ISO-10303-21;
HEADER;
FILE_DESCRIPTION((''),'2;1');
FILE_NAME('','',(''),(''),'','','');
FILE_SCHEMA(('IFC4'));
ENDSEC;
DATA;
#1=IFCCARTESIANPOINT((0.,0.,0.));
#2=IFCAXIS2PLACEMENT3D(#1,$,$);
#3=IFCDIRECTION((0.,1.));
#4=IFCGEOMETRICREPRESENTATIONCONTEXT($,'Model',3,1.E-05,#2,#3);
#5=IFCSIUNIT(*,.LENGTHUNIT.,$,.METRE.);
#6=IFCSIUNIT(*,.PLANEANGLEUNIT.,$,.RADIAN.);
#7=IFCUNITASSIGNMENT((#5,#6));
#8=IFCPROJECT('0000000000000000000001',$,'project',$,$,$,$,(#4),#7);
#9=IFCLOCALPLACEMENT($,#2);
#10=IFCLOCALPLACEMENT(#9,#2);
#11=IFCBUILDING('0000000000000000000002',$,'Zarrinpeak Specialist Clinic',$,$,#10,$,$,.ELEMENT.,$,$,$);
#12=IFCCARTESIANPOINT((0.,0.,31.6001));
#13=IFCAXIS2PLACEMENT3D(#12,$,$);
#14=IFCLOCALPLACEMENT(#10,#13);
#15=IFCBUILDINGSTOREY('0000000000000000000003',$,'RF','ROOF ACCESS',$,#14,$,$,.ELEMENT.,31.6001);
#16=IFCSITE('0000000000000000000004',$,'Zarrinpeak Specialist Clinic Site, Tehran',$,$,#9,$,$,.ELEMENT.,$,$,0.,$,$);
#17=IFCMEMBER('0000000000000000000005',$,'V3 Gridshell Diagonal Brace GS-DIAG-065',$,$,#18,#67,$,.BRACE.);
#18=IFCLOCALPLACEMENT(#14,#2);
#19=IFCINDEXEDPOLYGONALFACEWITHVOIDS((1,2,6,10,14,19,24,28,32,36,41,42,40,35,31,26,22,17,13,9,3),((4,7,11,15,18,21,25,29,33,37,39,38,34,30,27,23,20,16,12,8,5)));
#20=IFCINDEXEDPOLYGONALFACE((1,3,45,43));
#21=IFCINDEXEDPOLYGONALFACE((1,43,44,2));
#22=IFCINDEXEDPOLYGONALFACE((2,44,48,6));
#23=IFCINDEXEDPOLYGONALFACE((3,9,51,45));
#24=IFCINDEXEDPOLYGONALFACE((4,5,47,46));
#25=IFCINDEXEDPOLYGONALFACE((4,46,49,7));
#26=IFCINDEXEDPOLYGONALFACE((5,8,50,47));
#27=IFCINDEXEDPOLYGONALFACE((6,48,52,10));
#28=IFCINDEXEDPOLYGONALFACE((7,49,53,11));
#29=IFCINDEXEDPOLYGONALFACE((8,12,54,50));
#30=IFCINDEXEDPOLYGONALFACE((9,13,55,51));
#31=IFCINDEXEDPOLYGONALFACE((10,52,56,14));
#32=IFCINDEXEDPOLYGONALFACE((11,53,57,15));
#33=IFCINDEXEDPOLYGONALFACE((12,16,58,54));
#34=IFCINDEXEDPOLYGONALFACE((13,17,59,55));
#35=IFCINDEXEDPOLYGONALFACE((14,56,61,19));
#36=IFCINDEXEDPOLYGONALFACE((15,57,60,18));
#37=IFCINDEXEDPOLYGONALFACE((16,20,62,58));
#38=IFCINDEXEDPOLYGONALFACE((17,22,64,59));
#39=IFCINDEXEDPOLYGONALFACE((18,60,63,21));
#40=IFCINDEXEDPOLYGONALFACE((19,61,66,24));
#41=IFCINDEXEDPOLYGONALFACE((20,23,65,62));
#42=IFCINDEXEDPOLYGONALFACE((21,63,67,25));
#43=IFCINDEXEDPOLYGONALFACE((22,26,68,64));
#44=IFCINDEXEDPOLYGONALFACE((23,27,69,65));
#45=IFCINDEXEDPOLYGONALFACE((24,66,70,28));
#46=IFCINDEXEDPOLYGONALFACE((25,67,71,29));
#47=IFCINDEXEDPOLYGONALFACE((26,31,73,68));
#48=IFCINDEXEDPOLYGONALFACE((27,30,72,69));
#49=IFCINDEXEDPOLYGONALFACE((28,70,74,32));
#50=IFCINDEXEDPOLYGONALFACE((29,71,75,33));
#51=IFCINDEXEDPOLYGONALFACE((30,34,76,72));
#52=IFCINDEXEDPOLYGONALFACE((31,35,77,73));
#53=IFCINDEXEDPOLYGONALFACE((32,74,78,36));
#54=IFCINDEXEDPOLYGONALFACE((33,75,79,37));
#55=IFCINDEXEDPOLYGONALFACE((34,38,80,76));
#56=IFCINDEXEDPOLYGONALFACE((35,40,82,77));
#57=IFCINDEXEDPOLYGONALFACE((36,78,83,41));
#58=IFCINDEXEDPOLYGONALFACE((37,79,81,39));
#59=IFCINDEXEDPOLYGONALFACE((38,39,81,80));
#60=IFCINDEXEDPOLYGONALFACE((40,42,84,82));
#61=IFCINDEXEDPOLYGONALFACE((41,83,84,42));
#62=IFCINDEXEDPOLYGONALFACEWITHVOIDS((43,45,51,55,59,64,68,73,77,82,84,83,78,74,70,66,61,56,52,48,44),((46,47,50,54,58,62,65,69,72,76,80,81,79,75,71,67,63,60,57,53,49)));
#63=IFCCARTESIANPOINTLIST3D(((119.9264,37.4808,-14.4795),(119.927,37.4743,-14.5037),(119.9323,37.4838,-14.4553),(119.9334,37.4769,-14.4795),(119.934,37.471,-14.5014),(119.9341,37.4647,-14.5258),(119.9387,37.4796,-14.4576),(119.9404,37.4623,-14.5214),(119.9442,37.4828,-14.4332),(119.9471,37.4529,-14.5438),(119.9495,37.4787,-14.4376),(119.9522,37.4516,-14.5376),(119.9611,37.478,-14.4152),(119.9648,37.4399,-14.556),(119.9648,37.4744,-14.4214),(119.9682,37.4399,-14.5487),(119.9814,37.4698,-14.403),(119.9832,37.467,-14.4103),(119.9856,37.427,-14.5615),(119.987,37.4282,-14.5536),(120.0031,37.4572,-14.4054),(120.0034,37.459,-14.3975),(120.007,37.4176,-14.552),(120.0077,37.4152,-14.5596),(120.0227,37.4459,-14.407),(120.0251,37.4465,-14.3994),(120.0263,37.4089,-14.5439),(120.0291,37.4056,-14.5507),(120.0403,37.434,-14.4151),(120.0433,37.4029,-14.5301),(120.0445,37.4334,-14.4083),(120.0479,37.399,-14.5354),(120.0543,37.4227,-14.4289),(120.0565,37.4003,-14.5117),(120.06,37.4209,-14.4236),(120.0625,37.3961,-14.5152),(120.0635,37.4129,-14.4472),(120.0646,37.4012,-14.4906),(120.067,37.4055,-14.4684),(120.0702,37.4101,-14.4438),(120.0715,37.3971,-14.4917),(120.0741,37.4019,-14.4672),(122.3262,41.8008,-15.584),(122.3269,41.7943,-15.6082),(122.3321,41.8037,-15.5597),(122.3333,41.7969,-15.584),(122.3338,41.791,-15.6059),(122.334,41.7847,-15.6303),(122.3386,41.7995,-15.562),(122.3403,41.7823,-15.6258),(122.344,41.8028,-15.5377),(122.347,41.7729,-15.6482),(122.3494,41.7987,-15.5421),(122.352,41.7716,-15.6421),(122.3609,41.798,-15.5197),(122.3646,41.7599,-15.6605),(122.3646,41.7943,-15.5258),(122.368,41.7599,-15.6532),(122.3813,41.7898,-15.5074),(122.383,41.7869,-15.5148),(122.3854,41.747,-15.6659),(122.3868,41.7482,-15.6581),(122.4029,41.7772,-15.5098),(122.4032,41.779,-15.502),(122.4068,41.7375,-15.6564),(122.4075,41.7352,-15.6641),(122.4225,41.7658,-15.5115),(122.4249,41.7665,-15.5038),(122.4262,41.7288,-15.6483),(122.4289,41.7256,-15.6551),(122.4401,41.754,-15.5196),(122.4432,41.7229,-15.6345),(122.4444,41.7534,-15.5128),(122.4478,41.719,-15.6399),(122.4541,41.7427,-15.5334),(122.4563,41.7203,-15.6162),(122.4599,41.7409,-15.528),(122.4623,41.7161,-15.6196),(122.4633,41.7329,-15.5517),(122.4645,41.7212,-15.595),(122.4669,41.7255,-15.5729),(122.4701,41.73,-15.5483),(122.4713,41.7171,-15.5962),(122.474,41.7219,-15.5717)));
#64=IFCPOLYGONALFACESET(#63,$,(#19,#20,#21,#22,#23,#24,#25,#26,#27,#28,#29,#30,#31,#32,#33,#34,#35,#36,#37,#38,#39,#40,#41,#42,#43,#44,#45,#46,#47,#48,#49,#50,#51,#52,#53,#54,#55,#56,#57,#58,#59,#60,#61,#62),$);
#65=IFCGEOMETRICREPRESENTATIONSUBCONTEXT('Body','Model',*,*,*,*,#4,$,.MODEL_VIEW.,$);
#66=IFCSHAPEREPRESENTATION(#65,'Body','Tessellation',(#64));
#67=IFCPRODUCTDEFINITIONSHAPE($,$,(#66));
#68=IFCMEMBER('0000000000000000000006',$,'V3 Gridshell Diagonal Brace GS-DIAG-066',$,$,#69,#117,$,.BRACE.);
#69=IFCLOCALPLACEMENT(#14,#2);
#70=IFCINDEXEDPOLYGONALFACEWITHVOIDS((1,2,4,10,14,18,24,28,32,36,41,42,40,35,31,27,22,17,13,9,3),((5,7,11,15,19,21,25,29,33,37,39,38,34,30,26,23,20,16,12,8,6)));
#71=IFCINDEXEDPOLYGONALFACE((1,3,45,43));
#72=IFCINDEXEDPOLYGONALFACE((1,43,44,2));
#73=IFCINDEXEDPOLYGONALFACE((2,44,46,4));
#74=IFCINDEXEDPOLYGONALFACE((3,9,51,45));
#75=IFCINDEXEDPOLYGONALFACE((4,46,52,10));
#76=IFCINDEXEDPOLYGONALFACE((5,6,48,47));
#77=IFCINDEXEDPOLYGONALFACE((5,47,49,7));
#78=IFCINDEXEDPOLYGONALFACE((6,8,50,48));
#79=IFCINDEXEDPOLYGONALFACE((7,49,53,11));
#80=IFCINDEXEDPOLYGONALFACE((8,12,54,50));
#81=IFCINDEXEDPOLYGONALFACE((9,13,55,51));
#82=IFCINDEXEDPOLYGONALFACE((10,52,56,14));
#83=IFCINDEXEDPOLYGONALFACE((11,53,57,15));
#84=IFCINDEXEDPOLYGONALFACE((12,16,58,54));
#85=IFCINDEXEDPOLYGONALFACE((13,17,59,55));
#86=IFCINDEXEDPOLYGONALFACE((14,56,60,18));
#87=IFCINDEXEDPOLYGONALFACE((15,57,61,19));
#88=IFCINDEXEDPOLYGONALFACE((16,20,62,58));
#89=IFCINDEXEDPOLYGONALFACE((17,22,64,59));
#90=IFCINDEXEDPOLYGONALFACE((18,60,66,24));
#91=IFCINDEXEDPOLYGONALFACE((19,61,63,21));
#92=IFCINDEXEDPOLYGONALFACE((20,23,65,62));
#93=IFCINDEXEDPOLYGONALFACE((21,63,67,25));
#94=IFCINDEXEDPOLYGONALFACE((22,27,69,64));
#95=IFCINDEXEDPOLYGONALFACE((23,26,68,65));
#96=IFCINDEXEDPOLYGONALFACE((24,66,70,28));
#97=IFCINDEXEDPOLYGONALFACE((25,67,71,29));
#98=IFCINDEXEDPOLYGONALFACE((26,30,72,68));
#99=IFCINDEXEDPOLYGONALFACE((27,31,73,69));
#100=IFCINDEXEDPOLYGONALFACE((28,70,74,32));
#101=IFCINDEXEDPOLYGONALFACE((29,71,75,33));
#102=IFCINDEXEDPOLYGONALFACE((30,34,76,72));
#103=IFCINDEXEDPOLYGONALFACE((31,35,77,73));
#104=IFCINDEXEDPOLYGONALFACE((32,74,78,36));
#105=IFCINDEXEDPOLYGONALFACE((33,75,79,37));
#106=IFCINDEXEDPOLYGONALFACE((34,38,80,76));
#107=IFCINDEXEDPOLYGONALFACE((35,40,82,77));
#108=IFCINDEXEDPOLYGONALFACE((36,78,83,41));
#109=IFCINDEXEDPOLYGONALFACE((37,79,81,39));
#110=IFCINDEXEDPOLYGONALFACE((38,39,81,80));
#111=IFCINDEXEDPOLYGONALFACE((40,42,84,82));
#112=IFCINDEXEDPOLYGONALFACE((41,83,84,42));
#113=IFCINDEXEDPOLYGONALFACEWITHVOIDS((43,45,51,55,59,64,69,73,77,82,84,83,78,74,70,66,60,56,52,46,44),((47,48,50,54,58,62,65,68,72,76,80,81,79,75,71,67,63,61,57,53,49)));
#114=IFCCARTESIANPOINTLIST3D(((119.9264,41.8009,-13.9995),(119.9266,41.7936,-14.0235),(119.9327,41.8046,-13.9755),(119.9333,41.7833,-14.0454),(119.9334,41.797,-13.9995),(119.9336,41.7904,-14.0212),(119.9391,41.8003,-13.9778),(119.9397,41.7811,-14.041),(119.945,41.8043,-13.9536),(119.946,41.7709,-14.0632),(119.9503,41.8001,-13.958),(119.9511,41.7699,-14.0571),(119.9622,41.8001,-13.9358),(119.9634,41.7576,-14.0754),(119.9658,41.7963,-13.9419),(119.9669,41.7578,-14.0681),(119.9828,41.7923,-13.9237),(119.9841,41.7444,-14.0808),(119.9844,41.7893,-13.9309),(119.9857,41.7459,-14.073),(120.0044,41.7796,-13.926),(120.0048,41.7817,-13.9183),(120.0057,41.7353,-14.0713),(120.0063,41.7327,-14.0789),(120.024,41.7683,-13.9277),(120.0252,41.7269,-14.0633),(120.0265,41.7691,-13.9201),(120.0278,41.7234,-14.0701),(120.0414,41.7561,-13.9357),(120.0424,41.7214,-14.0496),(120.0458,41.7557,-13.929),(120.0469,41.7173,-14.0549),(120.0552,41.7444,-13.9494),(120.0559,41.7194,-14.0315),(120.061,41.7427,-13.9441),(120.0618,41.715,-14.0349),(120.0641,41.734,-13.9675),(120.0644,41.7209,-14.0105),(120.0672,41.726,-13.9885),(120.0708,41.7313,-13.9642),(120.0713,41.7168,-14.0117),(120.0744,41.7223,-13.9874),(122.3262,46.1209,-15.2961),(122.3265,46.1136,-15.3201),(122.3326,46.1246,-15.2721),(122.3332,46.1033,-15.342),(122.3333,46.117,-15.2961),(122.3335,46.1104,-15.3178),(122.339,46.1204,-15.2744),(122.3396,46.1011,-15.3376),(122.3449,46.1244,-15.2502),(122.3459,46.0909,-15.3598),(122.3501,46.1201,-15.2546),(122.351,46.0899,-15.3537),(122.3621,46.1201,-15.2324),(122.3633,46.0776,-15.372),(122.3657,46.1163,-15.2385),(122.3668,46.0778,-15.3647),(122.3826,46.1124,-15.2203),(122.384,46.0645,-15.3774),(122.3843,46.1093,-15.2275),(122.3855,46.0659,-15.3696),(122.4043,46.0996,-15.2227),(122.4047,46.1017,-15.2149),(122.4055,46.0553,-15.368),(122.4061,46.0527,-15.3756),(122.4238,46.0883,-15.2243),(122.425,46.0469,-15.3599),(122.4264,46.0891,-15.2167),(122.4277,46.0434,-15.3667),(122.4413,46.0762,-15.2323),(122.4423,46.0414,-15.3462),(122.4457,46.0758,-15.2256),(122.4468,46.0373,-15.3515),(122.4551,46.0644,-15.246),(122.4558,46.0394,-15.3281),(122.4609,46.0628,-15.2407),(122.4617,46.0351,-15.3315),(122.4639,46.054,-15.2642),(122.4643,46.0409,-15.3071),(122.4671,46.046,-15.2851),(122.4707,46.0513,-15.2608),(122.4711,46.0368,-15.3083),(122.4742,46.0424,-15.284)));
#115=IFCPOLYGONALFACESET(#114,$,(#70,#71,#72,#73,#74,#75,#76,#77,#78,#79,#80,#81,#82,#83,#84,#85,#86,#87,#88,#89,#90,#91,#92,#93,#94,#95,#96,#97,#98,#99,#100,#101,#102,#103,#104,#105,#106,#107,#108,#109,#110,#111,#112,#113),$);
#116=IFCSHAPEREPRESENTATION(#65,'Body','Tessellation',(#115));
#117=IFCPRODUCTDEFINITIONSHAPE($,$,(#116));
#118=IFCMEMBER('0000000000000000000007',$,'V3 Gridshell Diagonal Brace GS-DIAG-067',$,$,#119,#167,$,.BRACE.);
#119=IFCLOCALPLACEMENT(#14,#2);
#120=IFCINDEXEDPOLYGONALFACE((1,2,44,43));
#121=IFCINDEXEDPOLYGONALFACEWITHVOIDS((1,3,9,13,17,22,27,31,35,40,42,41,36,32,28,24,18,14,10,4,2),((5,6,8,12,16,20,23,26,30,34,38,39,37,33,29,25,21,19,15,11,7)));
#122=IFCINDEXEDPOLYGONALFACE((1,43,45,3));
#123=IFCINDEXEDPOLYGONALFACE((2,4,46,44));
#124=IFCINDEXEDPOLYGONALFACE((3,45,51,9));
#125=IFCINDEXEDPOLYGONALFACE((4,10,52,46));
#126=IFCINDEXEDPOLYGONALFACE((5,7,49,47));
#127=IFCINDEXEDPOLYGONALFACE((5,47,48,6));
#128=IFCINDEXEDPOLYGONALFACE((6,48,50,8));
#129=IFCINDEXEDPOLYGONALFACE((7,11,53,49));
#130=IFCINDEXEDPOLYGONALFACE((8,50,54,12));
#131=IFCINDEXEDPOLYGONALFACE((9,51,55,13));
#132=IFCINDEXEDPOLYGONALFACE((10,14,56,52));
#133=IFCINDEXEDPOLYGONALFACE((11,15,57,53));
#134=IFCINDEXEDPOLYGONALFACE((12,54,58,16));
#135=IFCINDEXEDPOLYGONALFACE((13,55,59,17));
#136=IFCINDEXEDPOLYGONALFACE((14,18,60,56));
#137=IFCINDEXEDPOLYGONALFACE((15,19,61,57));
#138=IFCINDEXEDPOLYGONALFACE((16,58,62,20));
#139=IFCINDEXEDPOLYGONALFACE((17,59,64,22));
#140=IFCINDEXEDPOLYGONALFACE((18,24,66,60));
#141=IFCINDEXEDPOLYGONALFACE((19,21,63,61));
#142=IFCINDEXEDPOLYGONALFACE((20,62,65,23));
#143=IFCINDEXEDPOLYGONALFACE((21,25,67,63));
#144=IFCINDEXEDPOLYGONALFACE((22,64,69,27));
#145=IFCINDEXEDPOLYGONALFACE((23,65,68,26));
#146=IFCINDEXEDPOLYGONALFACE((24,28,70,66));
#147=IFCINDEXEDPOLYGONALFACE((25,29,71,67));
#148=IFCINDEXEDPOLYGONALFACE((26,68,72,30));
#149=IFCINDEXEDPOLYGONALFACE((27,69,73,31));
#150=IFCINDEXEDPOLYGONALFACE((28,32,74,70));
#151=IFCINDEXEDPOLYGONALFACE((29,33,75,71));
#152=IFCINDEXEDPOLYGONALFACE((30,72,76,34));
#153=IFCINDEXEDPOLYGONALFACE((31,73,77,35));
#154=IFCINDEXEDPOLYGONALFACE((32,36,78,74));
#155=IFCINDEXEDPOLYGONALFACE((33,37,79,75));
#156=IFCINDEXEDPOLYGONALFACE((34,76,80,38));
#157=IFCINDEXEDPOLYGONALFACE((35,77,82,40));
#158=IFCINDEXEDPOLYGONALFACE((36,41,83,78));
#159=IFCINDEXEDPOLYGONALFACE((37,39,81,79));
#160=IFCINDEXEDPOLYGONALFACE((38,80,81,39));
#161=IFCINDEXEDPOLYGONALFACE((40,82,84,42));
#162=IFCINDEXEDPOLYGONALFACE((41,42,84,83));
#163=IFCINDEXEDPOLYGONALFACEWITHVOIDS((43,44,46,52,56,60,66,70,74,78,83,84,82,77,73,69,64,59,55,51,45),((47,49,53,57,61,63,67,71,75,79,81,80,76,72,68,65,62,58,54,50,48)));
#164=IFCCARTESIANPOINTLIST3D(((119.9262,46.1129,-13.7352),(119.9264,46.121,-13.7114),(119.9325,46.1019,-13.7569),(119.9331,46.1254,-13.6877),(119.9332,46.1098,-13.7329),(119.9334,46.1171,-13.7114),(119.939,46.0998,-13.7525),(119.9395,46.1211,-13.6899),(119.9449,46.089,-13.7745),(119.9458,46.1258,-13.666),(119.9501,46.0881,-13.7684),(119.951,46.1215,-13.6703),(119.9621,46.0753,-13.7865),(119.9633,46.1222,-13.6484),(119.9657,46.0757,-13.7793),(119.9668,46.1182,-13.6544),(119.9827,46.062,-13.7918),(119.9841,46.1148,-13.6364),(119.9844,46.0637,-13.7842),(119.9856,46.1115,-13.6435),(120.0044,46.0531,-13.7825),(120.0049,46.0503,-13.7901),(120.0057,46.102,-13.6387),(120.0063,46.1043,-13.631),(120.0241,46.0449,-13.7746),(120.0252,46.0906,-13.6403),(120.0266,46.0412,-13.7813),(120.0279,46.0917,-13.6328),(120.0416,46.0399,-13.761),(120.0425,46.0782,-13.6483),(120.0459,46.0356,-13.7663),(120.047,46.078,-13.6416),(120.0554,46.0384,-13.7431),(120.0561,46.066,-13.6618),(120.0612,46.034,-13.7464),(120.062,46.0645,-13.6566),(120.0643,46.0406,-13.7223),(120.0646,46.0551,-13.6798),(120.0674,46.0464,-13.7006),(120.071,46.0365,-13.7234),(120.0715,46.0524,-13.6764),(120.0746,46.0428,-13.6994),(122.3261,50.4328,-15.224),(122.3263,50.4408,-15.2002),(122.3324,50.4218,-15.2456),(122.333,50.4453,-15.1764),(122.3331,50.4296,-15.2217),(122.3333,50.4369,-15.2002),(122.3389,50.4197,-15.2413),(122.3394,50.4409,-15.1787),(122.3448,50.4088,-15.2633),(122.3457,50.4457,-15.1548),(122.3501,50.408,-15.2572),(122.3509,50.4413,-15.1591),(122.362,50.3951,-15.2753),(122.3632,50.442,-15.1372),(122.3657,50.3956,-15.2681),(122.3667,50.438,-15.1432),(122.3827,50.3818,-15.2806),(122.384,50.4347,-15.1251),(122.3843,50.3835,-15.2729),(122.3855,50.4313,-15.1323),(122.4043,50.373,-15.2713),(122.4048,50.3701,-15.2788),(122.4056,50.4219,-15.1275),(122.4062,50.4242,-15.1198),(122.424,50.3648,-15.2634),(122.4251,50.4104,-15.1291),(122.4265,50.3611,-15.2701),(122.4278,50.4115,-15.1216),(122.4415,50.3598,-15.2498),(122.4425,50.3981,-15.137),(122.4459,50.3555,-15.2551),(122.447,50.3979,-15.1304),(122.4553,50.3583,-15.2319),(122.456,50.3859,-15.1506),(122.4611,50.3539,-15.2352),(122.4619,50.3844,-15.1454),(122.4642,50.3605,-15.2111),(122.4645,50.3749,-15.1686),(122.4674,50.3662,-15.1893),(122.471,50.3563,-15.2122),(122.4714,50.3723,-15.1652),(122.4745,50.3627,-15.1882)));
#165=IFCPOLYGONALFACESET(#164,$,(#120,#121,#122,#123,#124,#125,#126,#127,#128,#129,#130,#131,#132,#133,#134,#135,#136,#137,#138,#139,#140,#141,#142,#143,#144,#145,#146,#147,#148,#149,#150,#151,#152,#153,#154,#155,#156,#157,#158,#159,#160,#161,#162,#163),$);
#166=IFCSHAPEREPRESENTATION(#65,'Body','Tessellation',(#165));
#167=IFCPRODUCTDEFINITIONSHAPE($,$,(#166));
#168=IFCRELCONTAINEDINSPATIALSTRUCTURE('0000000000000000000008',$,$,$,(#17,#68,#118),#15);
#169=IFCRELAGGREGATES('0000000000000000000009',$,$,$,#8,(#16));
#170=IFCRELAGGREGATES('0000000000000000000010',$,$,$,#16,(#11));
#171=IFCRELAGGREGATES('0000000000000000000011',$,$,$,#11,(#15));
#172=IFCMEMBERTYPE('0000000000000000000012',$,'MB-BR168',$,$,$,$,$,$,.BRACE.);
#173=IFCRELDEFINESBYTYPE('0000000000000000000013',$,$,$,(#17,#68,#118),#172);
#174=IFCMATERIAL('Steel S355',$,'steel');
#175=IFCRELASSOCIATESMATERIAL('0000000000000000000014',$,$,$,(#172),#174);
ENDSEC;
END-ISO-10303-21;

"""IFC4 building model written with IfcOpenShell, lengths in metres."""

from ifc_helpers import new_model, si_unit, direction, frame, origin, origin_2d, place, context, subcontext, project, spatial, hollow_circle, extrude, material, material_profile, profile_set, type_object, element, save


model = new_model("IFC4")

# Units and contexts
model_context = context("Model", 3, precision=1e-05, world=origin(), true_north=direction((0.0, 1.0)))
body_context = subcontext(model_context, "Body", "Model", "MODEL_VIEW")
ifc_project = project(units=[si_unit("LENGTHUNIT", "METRE"), si_unit("PLANEANGLEUNIT", "RADIAN")], contexts=[model_context])

# Site, building, storey
site_placement = place(None, origin())
site = spatial("IfcSite", under=ifc_project, at=site_placement, Name="Zarrinpeak Specialist Clinic Site, Tehran", CompositionType="ELEMENT", RefElevation=0.0)
building_placement = place(site_placement, origin())
building = spatial("IfcBuilding", under=site, at=building_placement, Name="Zarrinpeak Specialist Clinic", CompositionType="ELEMENT")
storey_placement = place(building_placement, frame((0.0, 0.0, 31.6001)))
storey = spatial("IfcBuildingStorey", under=building, at=storey_placement, Name="RF", Description="ROOF ACCESS", CompositionType="ELEMENT", Elevation=31.6001)

# Members
ifc_material_1 = material(Name="Steel S355", Category="steel")
ifc_material_profile_1 = material_profile(ifc_material_1, hollow_circle(Radius=0.0842, WallThickness=0.0081, at=origin_2d()), Name="CHS 168.3x8.0")
ifc_profile_set_1 = profile_set([ifc_material_profile_1], Name="Steel S355")
member_type_1 = type_object("IfcMemberType", Name="MB-BR168", PredefinedType="BRACE", material=ifc_profile_set_1)
member_1_placement = place(storey_placement, frame((120.0, 37.4399, -14.4795), z_axis=(0.47393, 0.853122, -0.218114), x_axis=(-0.874169, 0.485622, 0.0)))
element("IfcMember", 1, at=member_1_placement, inside=storey, type_object=member_type_1, Name="V3 Gridshell Diagonal Brace GS-DIAG-065", PredefinedType="BRACE", context=body_context, shape_type="SweptSolid", body=[
    extrude(hollow_circle(Radius=0.0842, WallThickness=0.0081, at=origin_2d()), origin(), (0.0, 0.0, 1.0), 5.0637),
])
member_2_placement = place(storey_placement, frame((120.0, 41.76, -13.9995), z_axis=(0.469723, 0.845549, -0.253784), x_axis=(-0.874169, 0.485622, 0.0)))
element("IfcMember", 2, at=member_2_placement, inside=storey, type_object=member_type_1, Name="V3 Gridshell Diagonal Brace GS-DIAG-066", PredefinedType="BRACE", context=body_context, shape_type="SweptSolid", body=[
    extrude(hollow_circle(Radius=0.0842, WallThickness=0.0081, at=origin_2d()), origin(), (0.0, 0.0, 1.0), 5.1091),
])
member_3_placement = place(storey_placement, frame((120.0, 46.0801, -13.7114), z_axis=(0.464999, 0.836998, -0.28846), x_axis=(-0.874157, 0.485643, 0.0)))
element("IfcMember", 3, at=member_3_placement, inside=storey, type_object=member_type_1, Name="V3 Gridshell Diagonal Brace GS-DIAG-067", PredefinedType="BRACE", context=body_context, shape_type="SweptSolid", body=[
    extrude(hollow_circle(Radius=0.0842, WallThickness=0.0081, at=origin_2d()), origin(), (0.0, 0.0, 1.0), 5.1611),
])

save(model, "model.ifc")
